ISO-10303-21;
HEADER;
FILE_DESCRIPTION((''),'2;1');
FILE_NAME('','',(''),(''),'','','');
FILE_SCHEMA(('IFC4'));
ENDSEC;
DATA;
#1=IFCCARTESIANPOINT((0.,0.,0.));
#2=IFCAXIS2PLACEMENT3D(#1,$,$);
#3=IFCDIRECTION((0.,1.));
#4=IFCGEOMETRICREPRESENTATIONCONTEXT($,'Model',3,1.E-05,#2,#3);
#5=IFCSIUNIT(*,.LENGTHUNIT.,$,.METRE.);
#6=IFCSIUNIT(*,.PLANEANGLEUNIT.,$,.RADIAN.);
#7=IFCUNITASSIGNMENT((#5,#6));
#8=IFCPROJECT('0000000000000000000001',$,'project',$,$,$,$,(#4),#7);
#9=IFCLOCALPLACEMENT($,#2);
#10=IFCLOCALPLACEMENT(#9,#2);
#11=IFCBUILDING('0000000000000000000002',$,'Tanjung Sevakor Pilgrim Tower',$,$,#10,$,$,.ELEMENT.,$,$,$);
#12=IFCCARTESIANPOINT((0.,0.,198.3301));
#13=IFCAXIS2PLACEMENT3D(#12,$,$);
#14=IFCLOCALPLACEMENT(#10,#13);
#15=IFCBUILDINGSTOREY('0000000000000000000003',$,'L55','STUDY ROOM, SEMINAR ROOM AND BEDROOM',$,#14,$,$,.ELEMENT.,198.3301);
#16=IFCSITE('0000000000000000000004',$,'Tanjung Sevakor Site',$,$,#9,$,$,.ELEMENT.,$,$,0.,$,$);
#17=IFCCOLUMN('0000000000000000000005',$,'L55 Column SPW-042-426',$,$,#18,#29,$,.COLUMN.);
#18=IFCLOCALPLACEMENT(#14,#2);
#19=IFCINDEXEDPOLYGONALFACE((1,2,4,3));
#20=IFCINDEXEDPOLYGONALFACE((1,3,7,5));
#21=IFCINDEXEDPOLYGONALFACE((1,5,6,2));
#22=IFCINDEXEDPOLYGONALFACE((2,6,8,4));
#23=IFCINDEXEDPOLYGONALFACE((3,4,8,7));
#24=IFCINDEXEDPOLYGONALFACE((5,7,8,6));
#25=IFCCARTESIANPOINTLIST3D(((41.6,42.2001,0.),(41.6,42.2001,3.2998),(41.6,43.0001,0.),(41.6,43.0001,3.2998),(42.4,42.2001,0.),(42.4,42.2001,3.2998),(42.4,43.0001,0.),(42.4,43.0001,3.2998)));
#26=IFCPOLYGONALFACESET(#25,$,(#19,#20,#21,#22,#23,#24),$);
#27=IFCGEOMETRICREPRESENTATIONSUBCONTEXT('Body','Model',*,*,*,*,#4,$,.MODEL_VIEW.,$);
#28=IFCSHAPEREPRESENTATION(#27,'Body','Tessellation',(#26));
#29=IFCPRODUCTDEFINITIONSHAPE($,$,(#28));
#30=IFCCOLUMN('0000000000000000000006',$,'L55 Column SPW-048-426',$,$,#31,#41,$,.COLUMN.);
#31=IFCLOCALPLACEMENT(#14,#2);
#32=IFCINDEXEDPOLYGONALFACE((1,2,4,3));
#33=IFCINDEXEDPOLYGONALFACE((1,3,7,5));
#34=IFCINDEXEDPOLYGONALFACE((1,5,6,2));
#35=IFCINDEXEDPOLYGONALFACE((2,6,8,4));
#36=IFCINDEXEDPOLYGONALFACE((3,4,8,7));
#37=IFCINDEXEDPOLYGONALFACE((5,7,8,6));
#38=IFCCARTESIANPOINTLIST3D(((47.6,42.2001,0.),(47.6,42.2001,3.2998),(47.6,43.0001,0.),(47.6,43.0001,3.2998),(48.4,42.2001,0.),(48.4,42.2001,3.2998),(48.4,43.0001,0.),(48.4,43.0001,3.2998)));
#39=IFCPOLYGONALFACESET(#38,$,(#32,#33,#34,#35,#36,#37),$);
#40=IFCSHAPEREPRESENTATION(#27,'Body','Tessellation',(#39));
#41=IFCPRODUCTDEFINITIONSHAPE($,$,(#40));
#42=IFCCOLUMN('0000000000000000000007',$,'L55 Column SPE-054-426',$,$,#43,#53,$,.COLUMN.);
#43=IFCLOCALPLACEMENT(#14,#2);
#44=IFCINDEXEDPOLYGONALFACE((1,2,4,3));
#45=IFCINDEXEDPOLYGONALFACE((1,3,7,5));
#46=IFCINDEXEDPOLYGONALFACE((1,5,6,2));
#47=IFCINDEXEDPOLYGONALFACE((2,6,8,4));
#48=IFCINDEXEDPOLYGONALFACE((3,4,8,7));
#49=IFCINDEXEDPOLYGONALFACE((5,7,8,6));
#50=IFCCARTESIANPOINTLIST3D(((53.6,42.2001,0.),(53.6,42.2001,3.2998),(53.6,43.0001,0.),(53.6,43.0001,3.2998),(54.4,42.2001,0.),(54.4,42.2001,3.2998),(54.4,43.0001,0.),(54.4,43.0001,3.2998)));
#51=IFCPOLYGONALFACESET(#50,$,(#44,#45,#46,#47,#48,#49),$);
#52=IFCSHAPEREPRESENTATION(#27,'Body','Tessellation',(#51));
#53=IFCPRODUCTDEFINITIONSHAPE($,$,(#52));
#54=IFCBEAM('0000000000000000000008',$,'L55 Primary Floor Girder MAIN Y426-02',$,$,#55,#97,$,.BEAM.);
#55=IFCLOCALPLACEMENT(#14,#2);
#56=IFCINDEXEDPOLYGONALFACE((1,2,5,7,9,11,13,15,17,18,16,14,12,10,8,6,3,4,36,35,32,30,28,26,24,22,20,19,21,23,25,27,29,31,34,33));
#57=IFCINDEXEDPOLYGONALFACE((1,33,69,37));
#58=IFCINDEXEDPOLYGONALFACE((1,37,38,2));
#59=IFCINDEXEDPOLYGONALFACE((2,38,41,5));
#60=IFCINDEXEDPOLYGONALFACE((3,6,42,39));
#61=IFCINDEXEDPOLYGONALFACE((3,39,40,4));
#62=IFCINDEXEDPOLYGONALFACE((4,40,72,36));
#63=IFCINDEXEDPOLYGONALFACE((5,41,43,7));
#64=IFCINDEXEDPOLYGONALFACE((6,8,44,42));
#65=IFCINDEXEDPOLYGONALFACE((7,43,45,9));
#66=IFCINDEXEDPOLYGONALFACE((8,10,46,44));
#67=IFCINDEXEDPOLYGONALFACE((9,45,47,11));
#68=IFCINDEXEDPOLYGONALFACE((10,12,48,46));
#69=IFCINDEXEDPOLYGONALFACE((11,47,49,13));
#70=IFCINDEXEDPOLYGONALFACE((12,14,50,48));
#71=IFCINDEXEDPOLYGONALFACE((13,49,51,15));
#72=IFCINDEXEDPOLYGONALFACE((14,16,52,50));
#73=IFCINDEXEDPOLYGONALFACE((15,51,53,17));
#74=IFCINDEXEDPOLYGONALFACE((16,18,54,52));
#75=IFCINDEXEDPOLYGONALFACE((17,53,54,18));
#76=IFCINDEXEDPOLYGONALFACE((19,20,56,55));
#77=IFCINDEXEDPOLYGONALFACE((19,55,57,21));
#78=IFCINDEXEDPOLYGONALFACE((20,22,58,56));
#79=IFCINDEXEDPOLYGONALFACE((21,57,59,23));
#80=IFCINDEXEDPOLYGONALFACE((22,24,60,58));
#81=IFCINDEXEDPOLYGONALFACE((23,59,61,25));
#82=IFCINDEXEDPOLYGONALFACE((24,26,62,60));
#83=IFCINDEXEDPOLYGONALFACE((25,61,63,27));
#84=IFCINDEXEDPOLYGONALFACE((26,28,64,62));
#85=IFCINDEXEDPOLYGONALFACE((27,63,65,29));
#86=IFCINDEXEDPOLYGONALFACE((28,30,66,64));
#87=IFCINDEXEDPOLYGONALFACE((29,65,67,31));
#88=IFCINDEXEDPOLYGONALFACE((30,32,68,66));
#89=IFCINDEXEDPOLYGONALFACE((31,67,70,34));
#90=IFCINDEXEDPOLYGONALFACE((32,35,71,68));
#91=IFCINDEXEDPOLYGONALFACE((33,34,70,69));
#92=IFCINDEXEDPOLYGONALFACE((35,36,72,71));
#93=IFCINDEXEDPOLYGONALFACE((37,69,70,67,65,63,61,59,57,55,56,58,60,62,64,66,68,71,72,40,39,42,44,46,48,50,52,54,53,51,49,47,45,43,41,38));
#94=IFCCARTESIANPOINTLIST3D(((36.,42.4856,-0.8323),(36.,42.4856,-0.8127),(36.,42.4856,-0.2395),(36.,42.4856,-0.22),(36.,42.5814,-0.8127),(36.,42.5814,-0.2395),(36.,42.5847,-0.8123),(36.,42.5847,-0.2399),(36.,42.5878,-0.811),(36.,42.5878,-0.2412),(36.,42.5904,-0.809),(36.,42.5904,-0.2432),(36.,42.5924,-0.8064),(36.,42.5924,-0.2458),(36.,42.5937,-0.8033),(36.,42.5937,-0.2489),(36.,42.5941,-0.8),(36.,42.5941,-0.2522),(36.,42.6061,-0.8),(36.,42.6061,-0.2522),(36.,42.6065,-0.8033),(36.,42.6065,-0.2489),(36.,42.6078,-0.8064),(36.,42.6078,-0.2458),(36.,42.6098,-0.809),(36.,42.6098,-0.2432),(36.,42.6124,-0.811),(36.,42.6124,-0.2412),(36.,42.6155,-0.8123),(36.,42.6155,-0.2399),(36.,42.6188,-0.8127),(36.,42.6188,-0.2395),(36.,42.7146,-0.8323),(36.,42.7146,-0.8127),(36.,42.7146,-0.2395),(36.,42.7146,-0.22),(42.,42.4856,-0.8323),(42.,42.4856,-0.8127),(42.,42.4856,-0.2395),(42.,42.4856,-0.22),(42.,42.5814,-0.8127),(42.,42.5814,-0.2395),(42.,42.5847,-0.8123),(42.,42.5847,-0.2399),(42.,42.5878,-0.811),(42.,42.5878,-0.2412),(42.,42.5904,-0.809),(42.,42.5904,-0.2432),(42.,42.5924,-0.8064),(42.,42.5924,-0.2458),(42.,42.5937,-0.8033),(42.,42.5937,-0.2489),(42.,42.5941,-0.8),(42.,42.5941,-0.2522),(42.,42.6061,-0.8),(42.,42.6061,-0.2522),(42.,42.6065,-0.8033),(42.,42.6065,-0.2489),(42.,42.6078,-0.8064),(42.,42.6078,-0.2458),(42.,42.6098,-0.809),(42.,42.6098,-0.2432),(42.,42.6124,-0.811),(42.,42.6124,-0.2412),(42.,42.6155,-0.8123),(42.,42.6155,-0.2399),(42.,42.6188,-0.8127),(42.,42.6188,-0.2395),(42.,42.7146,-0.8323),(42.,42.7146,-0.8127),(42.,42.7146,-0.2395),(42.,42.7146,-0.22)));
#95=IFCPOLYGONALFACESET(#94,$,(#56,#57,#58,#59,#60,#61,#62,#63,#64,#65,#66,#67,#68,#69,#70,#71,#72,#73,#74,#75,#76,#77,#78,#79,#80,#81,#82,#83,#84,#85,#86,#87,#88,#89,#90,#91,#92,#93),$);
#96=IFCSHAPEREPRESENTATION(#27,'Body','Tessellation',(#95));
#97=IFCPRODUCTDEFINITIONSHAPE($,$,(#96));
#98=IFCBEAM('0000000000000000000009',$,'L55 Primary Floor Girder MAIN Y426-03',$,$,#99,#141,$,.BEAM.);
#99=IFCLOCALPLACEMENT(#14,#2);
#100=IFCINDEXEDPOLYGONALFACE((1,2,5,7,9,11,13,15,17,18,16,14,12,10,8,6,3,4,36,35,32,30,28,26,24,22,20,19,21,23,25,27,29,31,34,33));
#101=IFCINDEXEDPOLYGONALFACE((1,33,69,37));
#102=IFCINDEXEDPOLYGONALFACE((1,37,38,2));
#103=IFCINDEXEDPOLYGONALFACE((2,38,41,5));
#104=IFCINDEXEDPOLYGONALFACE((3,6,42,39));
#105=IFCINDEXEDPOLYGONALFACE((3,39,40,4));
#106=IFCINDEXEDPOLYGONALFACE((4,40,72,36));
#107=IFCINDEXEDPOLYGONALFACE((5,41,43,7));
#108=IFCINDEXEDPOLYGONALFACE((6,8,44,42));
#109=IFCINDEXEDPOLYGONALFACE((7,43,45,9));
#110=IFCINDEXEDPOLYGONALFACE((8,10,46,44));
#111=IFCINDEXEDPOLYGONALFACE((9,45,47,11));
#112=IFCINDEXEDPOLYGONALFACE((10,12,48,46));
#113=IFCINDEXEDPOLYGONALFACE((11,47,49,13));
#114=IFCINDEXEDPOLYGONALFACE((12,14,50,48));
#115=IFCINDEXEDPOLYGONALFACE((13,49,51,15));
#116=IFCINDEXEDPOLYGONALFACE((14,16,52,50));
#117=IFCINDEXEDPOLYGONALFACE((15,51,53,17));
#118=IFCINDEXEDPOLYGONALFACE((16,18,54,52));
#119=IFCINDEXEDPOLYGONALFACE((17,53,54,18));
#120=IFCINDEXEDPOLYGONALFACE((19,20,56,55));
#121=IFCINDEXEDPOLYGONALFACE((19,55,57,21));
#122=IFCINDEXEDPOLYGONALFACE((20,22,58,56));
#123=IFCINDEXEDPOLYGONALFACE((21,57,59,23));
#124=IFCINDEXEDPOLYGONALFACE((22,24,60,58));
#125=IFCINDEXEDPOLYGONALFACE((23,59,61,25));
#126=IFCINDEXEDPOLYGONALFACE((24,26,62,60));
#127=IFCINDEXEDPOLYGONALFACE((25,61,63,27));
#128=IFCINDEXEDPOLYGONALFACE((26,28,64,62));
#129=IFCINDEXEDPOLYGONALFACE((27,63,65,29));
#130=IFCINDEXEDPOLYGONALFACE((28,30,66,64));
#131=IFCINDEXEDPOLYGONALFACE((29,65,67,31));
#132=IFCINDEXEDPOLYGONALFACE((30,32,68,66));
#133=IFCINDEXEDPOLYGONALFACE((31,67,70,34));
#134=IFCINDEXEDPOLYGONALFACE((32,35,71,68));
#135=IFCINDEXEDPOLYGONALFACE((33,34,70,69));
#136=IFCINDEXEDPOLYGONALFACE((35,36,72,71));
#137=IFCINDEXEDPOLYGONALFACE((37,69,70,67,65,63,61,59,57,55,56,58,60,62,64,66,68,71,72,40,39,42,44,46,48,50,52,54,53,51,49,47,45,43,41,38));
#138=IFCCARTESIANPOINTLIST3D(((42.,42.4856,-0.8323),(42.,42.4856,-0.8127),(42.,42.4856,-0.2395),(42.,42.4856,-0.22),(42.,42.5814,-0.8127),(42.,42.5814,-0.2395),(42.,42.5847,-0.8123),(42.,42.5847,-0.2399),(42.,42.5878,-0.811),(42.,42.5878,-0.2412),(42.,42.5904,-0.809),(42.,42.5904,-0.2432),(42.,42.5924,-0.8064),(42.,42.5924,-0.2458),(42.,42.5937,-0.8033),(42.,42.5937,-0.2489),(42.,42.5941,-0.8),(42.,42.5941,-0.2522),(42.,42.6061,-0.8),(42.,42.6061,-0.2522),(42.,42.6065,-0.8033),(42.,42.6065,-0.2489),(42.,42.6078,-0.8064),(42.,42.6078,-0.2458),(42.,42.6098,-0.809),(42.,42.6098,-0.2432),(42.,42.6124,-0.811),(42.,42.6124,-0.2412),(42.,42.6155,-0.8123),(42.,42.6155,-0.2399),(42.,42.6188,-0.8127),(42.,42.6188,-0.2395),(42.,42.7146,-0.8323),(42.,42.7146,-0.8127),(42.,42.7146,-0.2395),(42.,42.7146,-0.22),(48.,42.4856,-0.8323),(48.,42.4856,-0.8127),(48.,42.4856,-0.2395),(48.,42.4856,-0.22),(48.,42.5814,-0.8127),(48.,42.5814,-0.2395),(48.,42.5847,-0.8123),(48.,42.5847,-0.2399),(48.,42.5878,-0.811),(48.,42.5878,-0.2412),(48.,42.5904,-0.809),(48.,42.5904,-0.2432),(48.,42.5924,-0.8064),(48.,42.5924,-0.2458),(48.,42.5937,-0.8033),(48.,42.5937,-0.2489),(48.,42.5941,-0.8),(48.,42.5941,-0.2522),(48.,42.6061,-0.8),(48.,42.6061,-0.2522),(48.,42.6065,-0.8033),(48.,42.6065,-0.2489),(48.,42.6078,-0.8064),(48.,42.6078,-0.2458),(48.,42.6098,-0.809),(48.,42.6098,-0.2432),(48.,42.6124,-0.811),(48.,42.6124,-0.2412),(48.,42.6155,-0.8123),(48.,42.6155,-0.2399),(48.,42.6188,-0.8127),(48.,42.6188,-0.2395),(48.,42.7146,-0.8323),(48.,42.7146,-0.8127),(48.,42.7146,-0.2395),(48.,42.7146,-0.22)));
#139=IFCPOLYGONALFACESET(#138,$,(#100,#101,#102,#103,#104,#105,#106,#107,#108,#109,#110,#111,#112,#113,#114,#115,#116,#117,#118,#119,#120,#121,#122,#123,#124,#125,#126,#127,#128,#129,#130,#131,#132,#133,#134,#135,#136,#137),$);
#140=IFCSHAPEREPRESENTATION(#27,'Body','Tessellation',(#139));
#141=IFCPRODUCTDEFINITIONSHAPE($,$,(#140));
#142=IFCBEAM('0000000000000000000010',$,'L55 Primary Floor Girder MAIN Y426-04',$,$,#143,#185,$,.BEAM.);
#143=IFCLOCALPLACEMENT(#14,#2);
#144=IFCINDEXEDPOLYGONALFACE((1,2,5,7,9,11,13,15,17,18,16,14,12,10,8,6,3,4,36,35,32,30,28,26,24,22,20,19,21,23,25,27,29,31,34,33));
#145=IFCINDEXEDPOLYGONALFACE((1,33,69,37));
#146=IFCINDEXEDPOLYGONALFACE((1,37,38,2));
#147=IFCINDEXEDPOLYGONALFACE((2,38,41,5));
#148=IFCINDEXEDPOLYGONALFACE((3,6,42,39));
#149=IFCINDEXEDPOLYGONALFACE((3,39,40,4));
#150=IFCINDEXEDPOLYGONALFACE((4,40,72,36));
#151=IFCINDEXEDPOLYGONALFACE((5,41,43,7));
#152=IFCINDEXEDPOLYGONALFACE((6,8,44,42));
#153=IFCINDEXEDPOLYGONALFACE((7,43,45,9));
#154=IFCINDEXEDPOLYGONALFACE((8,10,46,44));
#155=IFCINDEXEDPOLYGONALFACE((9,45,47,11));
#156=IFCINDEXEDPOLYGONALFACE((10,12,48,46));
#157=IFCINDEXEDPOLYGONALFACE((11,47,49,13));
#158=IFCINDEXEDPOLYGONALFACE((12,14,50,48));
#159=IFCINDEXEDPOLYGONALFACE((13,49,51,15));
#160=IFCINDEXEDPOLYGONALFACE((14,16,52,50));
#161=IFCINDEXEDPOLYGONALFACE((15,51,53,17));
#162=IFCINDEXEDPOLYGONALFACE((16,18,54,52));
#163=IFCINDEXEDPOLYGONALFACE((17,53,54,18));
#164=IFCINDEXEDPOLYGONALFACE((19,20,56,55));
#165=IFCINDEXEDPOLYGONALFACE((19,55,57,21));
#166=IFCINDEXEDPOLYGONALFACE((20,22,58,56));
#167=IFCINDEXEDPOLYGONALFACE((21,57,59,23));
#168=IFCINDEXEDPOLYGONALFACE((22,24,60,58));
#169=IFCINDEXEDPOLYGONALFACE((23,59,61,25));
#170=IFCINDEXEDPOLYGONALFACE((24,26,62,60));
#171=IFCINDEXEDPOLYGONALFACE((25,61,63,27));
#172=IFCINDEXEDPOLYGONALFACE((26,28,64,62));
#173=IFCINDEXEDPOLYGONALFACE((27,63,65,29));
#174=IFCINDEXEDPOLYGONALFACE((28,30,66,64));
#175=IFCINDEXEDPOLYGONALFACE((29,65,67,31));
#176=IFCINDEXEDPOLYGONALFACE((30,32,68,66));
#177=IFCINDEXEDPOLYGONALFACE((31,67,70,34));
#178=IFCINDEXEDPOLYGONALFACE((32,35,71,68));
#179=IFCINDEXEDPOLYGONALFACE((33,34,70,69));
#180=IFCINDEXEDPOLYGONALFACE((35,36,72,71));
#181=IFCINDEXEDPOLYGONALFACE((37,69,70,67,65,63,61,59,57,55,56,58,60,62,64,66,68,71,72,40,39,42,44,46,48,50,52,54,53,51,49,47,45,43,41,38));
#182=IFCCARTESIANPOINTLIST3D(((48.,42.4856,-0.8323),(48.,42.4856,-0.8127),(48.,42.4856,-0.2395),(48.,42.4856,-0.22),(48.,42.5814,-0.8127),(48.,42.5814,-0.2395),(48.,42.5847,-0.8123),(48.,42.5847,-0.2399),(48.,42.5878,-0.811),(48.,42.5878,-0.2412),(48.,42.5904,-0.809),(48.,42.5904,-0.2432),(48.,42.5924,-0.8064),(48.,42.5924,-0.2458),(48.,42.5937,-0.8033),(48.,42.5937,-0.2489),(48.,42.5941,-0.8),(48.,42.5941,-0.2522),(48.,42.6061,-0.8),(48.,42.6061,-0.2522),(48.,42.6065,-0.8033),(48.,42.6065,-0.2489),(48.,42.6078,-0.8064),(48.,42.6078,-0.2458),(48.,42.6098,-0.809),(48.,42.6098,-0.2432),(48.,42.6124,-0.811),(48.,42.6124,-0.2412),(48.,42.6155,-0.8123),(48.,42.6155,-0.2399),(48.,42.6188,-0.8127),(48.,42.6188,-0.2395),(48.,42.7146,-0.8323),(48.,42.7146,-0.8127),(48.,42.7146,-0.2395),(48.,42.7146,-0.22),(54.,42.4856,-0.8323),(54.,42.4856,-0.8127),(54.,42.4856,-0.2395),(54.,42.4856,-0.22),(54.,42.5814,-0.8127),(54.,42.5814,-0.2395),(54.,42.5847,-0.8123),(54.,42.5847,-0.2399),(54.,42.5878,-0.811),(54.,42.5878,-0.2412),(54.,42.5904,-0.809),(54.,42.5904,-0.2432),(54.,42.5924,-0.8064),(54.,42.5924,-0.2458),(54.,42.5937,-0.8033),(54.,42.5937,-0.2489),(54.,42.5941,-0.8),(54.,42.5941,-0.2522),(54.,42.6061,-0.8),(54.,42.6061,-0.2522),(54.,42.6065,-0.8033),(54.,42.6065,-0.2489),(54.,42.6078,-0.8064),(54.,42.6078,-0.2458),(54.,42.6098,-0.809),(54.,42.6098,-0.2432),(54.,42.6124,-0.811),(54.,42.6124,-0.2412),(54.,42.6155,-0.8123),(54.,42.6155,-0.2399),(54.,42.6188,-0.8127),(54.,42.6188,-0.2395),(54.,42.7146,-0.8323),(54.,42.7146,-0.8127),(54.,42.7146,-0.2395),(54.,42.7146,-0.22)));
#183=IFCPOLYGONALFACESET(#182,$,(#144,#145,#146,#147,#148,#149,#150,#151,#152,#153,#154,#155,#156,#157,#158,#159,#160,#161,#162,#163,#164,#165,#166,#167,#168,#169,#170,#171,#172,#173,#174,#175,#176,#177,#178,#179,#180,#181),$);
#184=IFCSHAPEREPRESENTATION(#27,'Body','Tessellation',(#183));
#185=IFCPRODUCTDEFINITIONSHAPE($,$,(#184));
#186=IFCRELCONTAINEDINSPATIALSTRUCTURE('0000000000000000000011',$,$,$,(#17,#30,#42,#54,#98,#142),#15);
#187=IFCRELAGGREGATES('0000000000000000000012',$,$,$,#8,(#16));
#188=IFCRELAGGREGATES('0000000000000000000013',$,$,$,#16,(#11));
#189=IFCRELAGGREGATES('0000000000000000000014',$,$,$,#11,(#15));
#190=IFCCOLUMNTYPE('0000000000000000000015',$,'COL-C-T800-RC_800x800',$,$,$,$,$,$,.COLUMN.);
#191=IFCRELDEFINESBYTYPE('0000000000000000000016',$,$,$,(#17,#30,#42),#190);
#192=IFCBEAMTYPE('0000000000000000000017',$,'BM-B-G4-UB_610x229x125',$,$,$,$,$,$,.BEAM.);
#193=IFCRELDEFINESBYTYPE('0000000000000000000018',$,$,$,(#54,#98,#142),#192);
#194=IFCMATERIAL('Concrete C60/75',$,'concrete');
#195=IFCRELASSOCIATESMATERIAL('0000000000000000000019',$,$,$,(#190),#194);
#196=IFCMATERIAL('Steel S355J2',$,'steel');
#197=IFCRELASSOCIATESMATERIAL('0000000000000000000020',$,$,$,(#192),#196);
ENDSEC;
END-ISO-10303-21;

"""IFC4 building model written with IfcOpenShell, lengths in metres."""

from ifc_helpers import new_model, si_unit, direction, frame, origin, origin_2d, place, context, subcontext, project, spatial, rectangle, i_section, extrude, material, material_profile, profile_set, type_object, element, save


model = new_model("IFC4")

# Units and contexts
model_context = context("Model", 3, precision=1e-05, world=origin(), true_north=direction((0.0, 1.0)))
body_context = subcontext(model_context, "Body", "Model", "MODEL_VIEW")
ifc_project = project(units=[si_unit("LENGTHUNIT", "METRE"), si_unit("PLANEANGLEUNIT", "RADIAN")], contexts=[model_context])

# Site, building, storey
site_placement = place(None, origin())
site = spatial("IfcSite", under=ifc_project, at=site_placement, Name="Tanjung Sevakor Site", CompositionType="ELEMENT", RefElevation=0.0)
building_placement = place(site_placement, origin())
building = spatial("IfcBuilding", under=site, at=building_placement, Name="Tanjung Sevakor Pilgrim Tower", CompositionType="ELEMENT")
storey_placement = place(building_placement, frame((0.0, 0.0, 198.3301)))
storey = spatial("IfcBuildingStorey", under=building, at=storey_placement, Name="L55", Description="STUDY ROOM, SEMINAR ROOM AND BEDROOM", CompositionType="ELEMENT", Elevation=198.3301)

# Columns
ifc_material_1 = material(Name="Concrete C60/75", Category="concrete")
ifc_material_profile_1 = material_profile(ifc_material_1, rectangle(XDim=0.8, YDim=0.8, at=origin_2d()))
ifc_profile_set_1 = profile_set([ifc_material_profile_1], Name="Concrete C60/75")
column_type = type_object("IfcColumnType", Name="COL-C-T800-RC_800x800", PredefinedType="COLUMN", material=ifc_profile_set_1)
for number, where, z_axis, x_axis, name in (
    (1, (42.0, 42.6001, 0.0), (0.0, 0.0, 1.0), (1.0, 0.0, 0.0), "L55 Column SPW-042-426"),
    (2, (48.0, 42.6001, 0.0), (0.0, 0.0, 1.0), (1.0, 0.0, 0.0), "L55 Column SPW-048-426"),
    (3, (54.0, 42.6001, 0.0), (0.0, 0.0, 1.0), (1.0, 0.0, 0.0), "L55 Column SPE-054-426"),
):
    element("IfcColumn", number, at=place(storey_placement, frame(where, z_axis=z_axis, x_axis=x_axis)), inside=storey, type_object=column_type, Name=name, PredefinedType="COLUMN", context=body_context, shape_type="SweptSolid", body=[
        extrude(rectangle(XDim=0.8, YDim=0.8, at=origin_2d()), origin(), (0.0, 0.0, 1.0), 3.2998),
    ])

# Beams
ifc_material_2 = material(Name="Steel S355J2", Category="steel")
ifc_material_profile_2 = material_profile(ifc_material_2, i_section(OverallWidth=0.229, OverallDepth=0.6123, WebThickness=0.012, FlangeThickness=0.0195, FilletRadius=0.0127, at=origin_2d()))
ifc_profile_set_2 = profile_set([ifc_material_profile_2], Name="Steel S355J2")
beam_type_1 = type_object("IfcBeamType", Name="BM-B-G4-UB_610x229x125", PredefinedType="BEAM", material=ifc_profile_set_2)
for number, where, z_axis, x_axis, name in (
    (4, (36.0, 42.6001, -0.5261), (1.0, 0.0, 0.0), (0.0, 1.0, 0.0), "L55 Primary Floor Girder MAIN Y426-02"),
    (5, (42.0, 42.6001, -0.5261), (1.0, 0.0, 0.0), (0.0, 1.0, 0.0), "L55 Primary Floor Girder MAIN Y426-03"),
    (6, (48.0, 42.6001, -0.5261), (1.0, 0.0, 0.0), (0.0, 1.0, 0.0), "L55 Primary Floor Girder MAIN Y426-04"),
):
    element("IfcBeam", number, at=place(storey_placement, frame(where, z_axis=z_axis, x_axis=x_axis)), inside=storey, type_object=beam_type_1, Name=name, PredefinedType="BEAM", context=body_context, shape_type="SweptSolid", body=[
        extrude(i_section(OverallWidth=0.229, OverallDepth=0.6123, WebThickness=0.012, FlangeThickness=0.0195, FilletRadius=0.0127, at=origin_2d()), origin(), (0.0, 0.0, 1.0), 6.0),
    ])

save(model, "model.ifc")
